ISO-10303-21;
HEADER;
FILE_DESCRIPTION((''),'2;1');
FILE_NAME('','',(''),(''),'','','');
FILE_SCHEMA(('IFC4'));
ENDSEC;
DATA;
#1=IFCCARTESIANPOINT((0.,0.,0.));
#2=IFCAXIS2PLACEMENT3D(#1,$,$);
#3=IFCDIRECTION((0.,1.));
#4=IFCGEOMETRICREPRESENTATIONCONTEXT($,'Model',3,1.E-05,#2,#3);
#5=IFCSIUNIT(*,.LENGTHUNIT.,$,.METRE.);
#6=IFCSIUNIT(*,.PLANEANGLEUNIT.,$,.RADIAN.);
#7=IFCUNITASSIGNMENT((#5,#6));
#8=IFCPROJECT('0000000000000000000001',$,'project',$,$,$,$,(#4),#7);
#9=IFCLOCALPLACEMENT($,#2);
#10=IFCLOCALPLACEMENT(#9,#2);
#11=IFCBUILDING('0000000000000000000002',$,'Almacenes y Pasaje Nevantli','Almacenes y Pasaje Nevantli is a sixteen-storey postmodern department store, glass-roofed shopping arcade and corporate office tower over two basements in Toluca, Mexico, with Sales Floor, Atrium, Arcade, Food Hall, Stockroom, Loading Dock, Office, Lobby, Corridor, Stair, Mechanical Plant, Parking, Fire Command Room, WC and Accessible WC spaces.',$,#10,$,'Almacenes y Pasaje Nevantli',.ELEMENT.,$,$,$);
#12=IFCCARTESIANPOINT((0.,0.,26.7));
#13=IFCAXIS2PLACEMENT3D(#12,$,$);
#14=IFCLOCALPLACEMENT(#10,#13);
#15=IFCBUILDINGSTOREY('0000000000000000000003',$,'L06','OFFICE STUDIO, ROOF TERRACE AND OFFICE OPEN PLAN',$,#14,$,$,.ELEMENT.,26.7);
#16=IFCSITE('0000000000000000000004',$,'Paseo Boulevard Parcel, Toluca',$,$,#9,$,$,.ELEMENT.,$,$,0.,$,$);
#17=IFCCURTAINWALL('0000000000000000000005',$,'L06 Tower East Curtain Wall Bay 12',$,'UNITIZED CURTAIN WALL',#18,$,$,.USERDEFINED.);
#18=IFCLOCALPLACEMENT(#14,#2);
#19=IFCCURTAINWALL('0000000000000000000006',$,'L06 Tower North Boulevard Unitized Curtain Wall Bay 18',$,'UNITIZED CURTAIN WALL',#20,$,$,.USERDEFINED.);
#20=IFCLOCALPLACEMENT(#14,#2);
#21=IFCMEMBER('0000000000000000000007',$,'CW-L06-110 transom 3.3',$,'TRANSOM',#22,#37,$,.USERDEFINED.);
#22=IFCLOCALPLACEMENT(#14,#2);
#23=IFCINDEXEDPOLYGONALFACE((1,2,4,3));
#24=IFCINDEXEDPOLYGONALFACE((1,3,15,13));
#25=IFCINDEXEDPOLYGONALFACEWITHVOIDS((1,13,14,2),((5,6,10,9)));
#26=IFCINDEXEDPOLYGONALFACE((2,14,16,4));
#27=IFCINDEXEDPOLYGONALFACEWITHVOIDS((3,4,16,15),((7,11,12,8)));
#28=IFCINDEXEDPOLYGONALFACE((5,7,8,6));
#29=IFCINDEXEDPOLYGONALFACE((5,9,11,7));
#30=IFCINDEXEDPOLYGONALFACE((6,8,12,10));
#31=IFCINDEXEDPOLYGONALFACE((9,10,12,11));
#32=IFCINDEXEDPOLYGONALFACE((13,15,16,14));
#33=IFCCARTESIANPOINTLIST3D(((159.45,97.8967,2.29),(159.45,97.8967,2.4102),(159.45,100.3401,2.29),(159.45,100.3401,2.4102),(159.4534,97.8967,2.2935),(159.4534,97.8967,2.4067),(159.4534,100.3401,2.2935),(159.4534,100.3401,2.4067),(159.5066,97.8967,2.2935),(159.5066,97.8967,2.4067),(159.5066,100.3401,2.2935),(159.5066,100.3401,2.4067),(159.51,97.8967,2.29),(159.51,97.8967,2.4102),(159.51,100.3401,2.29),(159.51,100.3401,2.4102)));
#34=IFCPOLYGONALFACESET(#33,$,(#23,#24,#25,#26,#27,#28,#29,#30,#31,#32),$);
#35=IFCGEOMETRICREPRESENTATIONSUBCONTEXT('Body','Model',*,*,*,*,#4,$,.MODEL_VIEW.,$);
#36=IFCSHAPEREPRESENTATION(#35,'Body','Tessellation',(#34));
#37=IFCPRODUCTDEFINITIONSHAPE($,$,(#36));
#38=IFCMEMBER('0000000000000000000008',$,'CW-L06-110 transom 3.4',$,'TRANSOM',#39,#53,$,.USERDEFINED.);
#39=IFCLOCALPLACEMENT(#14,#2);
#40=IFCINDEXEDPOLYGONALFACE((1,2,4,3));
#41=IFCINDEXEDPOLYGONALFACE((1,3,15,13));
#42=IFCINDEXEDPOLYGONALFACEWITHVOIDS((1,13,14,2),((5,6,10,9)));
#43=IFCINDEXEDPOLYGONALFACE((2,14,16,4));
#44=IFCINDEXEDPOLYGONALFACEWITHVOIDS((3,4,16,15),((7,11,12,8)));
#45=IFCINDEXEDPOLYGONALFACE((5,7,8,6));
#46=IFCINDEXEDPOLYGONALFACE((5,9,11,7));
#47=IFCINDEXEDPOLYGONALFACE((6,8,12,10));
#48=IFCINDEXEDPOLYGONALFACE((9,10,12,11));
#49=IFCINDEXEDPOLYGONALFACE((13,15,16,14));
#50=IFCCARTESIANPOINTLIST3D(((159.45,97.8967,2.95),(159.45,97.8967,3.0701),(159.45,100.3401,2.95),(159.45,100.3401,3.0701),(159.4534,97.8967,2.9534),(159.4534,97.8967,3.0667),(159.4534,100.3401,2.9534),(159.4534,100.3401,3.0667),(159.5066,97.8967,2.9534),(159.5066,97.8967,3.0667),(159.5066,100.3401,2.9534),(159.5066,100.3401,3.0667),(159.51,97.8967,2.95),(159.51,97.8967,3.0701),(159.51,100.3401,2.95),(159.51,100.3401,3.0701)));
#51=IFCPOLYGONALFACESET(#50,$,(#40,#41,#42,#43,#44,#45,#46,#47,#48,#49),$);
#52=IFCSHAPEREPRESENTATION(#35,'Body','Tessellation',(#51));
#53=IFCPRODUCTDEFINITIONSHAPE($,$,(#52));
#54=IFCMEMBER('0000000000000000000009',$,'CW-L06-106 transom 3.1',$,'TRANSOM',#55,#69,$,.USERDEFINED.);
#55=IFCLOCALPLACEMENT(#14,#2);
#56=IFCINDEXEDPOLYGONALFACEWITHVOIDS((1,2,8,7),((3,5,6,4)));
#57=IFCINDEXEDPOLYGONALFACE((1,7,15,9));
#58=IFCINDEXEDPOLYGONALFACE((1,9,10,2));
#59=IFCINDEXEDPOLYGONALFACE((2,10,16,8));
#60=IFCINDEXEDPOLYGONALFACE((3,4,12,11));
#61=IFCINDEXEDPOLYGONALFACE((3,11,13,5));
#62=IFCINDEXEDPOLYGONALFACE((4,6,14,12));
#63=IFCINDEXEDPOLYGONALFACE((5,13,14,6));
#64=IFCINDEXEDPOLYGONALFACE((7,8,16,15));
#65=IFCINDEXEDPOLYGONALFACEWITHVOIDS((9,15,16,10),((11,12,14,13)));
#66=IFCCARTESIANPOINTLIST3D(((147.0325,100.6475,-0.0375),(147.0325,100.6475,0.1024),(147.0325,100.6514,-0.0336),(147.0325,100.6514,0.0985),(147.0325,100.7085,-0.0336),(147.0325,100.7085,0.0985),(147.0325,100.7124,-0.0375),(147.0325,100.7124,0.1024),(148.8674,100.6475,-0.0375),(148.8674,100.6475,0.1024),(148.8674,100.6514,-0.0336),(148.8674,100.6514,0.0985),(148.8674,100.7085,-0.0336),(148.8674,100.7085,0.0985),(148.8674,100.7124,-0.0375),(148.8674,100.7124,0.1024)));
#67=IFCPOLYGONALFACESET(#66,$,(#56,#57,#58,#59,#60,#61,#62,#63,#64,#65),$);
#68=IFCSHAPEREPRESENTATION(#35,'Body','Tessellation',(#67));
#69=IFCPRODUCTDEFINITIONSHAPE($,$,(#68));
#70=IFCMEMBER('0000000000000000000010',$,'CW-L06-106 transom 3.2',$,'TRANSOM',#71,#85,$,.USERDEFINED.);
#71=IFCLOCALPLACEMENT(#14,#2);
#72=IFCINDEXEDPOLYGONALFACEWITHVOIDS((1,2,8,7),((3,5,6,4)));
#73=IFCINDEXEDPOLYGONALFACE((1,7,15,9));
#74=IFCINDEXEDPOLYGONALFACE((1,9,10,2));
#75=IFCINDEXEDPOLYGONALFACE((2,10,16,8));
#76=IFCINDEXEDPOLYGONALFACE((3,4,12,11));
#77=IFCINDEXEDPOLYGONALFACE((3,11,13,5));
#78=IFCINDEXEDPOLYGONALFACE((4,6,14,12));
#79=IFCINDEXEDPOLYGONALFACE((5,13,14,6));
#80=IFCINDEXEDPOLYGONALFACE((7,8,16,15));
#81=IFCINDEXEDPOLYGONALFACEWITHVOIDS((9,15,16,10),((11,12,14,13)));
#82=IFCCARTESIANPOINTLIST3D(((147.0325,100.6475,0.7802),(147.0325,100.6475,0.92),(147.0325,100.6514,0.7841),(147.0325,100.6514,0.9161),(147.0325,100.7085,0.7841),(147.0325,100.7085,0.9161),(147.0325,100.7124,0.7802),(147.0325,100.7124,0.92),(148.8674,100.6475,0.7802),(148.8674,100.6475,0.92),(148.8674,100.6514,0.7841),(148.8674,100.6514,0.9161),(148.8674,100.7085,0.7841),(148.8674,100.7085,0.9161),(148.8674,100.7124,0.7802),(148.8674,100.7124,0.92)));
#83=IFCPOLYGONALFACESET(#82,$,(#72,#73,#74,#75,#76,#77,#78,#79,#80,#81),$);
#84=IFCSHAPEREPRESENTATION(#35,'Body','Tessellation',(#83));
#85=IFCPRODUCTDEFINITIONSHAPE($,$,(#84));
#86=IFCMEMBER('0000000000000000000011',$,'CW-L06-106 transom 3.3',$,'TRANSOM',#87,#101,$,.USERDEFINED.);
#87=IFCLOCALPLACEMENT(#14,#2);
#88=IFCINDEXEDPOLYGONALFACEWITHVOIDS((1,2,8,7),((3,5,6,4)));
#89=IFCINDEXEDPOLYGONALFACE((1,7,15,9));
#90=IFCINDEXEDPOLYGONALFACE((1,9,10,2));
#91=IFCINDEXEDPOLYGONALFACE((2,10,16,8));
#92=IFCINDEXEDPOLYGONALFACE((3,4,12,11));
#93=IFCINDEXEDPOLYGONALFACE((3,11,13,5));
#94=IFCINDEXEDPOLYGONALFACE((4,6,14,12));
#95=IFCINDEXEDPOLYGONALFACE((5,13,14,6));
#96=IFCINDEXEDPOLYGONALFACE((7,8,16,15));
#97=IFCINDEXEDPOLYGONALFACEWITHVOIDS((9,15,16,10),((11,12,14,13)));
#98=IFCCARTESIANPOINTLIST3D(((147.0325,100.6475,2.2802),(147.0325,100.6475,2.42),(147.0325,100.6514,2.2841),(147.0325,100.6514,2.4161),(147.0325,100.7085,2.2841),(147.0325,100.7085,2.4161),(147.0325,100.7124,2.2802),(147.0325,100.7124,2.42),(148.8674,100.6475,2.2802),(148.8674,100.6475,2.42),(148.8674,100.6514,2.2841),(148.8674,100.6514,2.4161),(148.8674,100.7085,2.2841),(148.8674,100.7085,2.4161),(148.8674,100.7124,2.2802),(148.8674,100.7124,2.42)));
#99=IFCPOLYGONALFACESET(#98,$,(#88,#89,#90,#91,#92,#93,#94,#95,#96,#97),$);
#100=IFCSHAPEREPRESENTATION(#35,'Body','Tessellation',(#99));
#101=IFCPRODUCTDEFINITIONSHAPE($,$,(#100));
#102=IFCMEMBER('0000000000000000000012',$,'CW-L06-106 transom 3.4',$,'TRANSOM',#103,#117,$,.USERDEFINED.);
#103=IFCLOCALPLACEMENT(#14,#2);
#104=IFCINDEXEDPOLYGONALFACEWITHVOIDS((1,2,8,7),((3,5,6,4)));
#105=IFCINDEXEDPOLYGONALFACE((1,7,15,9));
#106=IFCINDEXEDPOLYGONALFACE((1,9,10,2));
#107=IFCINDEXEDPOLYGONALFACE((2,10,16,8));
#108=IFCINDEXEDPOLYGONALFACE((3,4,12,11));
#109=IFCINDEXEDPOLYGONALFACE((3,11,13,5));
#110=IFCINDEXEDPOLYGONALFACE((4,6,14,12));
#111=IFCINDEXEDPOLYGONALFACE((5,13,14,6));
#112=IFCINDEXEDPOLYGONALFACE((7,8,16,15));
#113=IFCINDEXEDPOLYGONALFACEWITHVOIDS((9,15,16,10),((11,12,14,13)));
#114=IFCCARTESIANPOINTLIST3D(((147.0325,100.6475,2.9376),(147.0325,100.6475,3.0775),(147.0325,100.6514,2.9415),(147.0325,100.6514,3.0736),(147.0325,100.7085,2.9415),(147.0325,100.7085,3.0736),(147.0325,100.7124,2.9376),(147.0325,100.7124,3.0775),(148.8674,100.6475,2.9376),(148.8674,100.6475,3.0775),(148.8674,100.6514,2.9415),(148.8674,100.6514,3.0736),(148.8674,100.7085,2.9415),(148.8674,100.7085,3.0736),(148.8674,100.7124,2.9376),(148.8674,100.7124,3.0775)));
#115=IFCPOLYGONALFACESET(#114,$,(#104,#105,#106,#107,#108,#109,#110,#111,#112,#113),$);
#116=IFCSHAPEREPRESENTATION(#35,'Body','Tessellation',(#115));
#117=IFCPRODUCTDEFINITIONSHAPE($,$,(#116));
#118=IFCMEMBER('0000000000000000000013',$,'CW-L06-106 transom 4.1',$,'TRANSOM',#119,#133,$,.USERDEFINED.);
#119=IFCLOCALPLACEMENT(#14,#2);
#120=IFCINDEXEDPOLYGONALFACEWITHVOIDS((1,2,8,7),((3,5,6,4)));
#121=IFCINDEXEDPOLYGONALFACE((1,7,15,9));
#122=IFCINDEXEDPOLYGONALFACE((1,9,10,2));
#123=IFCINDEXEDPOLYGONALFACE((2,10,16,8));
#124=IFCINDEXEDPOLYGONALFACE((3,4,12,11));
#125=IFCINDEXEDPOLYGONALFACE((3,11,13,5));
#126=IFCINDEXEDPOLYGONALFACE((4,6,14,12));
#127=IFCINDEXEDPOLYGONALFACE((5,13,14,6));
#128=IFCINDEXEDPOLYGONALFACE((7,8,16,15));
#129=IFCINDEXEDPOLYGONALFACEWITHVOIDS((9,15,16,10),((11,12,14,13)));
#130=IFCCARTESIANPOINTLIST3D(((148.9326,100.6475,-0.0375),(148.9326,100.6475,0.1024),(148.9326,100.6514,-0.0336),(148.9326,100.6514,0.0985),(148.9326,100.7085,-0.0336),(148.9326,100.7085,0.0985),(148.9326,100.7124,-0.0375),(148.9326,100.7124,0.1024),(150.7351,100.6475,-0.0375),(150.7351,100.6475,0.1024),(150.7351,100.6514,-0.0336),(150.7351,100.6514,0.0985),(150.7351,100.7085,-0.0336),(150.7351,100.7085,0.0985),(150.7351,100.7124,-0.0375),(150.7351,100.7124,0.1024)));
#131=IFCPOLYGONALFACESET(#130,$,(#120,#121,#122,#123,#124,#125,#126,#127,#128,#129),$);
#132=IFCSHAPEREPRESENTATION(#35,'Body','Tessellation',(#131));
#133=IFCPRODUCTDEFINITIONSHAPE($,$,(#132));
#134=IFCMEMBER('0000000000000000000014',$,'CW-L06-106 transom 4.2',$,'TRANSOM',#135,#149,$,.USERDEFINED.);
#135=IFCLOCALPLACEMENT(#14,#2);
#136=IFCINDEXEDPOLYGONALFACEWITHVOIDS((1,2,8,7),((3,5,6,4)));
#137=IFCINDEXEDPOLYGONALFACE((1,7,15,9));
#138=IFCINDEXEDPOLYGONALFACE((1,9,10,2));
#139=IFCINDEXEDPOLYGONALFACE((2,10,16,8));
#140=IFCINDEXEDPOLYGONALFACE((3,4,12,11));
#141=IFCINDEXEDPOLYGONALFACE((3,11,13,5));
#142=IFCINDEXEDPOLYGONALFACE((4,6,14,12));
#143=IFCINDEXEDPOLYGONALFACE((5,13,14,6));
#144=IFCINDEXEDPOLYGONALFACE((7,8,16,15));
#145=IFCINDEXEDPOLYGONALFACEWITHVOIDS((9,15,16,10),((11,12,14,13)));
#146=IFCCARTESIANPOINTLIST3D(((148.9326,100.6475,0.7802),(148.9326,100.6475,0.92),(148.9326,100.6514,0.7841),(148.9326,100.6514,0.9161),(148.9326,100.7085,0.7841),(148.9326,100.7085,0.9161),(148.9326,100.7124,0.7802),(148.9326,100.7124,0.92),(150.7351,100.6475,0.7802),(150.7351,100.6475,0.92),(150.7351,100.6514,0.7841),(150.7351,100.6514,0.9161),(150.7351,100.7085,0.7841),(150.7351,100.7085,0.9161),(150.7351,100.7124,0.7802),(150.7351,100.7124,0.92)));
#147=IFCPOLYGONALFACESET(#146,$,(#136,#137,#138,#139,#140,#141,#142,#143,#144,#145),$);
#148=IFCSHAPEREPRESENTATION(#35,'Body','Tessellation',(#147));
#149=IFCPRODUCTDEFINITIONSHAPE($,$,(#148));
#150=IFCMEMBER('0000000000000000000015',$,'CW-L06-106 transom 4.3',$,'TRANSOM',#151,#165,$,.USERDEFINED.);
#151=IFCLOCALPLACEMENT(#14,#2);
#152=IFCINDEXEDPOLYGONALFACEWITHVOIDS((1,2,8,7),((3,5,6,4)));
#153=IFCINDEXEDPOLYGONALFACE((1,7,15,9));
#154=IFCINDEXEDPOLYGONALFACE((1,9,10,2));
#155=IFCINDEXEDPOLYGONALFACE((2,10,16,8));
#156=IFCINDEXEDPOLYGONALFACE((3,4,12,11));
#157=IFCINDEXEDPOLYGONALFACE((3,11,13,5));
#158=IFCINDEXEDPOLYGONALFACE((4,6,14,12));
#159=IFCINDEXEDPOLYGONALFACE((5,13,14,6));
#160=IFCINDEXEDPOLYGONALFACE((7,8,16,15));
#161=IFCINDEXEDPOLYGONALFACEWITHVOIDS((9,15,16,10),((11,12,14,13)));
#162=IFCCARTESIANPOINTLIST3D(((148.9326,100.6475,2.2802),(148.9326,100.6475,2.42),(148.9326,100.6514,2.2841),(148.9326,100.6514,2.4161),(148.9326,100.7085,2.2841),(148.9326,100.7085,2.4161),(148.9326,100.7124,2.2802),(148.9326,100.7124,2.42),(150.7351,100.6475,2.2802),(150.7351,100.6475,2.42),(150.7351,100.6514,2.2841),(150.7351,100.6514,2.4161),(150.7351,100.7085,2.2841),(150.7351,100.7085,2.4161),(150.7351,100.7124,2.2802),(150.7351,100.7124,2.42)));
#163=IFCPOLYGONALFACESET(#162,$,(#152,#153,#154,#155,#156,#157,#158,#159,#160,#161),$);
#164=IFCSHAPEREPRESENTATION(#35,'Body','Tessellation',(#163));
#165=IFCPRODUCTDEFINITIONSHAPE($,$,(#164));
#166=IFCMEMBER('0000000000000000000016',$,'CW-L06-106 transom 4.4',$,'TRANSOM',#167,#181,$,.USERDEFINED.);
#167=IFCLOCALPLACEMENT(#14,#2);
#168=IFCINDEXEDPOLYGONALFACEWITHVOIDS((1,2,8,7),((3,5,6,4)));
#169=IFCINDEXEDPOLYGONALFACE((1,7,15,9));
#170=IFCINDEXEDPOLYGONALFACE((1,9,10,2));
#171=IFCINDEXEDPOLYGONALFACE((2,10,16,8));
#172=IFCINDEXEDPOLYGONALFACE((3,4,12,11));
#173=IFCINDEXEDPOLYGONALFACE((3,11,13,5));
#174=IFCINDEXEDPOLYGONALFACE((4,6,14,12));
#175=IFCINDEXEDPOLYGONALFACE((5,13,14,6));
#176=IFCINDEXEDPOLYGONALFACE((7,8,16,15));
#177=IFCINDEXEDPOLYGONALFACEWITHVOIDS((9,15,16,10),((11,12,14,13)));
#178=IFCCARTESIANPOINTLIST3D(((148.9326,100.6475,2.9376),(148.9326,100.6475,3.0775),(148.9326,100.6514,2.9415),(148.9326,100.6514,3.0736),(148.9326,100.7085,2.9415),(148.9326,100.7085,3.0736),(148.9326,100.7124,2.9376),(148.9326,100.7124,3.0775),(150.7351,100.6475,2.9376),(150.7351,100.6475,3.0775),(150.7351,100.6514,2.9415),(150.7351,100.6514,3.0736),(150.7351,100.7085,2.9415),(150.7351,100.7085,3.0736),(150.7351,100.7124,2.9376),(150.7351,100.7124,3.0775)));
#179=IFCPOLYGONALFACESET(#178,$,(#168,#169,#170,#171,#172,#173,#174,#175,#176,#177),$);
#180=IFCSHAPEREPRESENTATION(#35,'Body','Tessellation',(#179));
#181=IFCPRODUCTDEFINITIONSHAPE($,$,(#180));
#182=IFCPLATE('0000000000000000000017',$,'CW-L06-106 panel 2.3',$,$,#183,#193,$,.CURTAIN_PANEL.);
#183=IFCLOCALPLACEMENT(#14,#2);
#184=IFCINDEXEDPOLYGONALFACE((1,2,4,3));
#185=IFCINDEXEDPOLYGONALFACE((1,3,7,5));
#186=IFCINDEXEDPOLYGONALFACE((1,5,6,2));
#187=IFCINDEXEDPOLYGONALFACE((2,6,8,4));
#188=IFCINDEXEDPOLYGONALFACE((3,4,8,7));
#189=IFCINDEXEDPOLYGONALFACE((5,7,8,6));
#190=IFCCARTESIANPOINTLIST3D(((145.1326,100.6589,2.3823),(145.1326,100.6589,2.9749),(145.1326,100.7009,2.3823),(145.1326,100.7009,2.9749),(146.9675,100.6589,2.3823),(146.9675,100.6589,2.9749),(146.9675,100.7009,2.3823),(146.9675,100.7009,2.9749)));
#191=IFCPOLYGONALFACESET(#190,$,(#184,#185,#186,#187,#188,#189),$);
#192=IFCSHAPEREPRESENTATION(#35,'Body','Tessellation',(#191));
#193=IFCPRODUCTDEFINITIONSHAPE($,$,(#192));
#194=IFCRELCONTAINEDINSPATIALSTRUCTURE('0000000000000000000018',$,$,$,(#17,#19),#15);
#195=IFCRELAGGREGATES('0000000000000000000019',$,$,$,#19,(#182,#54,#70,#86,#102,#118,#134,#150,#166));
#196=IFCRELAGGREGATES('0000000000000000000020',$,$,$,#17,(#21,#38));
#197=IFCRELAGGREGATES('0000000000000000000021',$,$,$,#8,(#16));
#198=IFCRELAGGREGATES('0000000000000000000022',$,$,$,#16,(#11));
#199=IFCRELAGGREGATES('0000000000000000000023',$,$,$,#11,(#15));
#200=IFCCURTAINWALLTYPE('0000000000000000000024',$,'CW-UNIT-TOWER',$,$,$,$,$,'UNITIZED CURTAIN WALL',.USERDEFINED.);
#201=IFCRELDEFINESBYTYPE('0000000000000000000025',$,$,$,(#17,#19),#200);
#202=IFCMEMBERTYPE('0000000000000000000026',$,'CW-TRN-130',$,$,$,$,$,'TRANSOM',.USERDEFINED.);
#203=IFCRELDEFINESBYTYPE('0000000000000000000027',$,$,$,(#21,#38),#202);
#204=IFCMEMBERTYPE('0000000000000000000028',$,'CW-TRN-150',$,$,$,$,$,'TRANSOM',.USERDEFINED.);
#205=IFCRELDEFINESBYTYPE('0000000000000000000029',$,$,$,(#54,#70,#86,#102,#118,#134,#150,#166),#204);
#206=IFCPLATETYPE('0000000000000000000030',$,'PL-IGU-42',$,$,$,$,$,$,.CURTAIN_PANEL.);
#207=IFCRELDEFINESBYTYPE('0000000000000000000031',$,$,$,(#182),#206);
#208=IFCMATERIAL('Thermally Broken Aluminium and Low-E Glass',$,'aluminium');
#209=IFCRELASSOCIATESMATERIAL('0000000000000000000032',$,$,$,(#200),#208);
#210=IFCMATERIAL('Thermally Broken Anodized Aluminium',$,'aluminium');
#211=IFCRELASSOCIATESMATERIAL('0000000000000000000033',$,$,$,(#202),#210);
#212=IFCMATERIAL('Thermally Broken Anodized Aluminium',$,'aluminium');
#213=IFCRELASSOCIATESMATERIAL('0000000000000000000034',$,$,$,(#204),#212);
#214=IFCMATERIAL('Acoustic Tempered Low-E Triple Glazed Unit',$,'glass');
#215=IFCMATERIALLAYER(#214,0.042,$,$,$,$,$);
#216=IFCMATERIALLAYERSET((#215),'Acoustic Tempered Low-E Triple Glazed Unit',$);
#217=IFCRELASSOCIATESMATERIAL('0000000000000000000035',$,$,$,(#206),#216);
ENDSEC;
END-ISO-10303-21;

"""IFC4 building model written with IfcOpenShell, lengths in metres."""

from ifc_helpers import new_model, si_unit, direction, frame, origin, origin_2d, place, context, subcontext, project, spatial, rectangle, hollow_rectangle, extrude, material, layer, layer_set, material_profile, profile_set, type_object, element, aggregate, save


model = new_model("IFC4")

# Units and contexts
model_context = context("Model", 3, precision=1e-05, world=origin(), true_north=direction((0.0, 1.0)))
body_context = subcontext(model_context, "Body", "Model", "MODEL_VIEW")
ifc_project = project(units=[si_unit("LENGTHUNIT", "METRE"), si_unit("PLANEANGLEUNIT", "RADIAN")], contexts=[model_context])

# Site, building, storey
site_placement = place(None, origin())
site = spatial("IfcSite", under=ifc_project, at=site_placement, Name="Paseo Boulevard Parcel, Toluca", CompositionType="ELEMENT", RefElevation=0.0)
building_placement = place(site_placement, origin())
building = spatial("IfcBuilding", under=site, at=building_placement, Name="Almacenes y Pasaje Nevantli", Description="Almacenes y Pasaje Nevantli is a sixteen-storey postmodern department store, glass-roofed shopping arcade and corporate office tower over two basements in Toluca, Mexico, with Sales Floor, Atrium, Arcade, Food Hall, Stockroom, Loading Dock, Office, Lobby, Corridor, Stair, Mechanical Plant, Parking, Fire Command Room, WC and Accessible WC spaces.", LongName="Almacenes y Pasaje Nevantli", CompositionType="ELEMENT")
storey_placement = place(building_placement, frame((0.0, 0.0, 26.7)))
storey = spatial("IfcBuildingStorey", under=building, at=storey_placement, Name="L06", Description="OFFICE STUDIO, ROOF TERRACE AND OFFICE OPEN PLAN", CompositionType="ELEMENT", Elevation=26.7)

# Curtain wall
ifc_material_1 = material(Name="Thermally Broken Aluminium and Low-E Glass", Category="aluminium")
curtain_wall_type = type_object("IfcCurtainWallType", Name="CW-UNIT-TOWER", ElementType="UNITIZED CURTAIN WALL", PredefinedType="USERDEFINED", material=ifc_material_1)
curtain_wall_1_placement = place(storey_placement, origin())
curtain_wall_1 = element("IfcCurtainWall", 1, at=curtain_wall_1_placement, inside=storey, type_object=curtain_wall_type, Name="L06 Tower East Curtain Wall Bay 12", ObjectType="UNITIZED CURTAIN WALL", PredefinedType="USERDEFINED")

# Curtain wall
curtain_wall_2_placement = place(storey_placement, origin())
curtain_wall_2 = element("IfcCurtainWall", 2, at=curtain_wall_2_placement, inside=storey, type_object=curtain_wall_type, Name="L06 Tower North Boulevard Unitized Curtain Wall Bay 18", ObjectType="UNITIZED CURTAIN WALL", PredefinedType="USERDEFINED")

# Members
ifc_material_2 = material(Name="Thermally Broken Anodized Aluminium", Category="aluminium")
ifc_material_profile_1 = material_profile(ifc_material_2, hollow_rectangle(XDim=0.0601, YDim=0.1201, WallThickness=0.0034, at=origin_2d()), Name="ALU-TRN-60x120")
ifc_profile_set_1 = profile_set([ifc_material_profile_1], Name="Thermally Broken Anodized Aluminium")
member_type_1 = type_object("IfcMemberType", Name="CW-TRN-130", ElementType="TRANSOM", PredefinedType="USERDEFINED", material=ifc_profile_set_1)
member_1_placement = place(storey_placement, frame((159.48, 97.8967, 2.3501), z_axis=(0.0, 1.0, 0.0), x_axis=(-1.0, 0.0, 0.0)))
member_1 = element("IfcMember", 3, at=member_1_placement, type_object=member_type_1, Name="CW-L06-110 transom 3.3", ObjectType="TRANSOM", PredefinedType="USERDEFINED", context=body_context, shape_type="SweptSolid", body=[
    extrude(hollow_rectangle(XDim=0.0601, YDim=0.1201, WallThickness=0.0034, at=origin_2d()), origin(), (0.0, 0.0, 1.0), 2.4434),
])
member_2_placement = place(storey_placement, frame((159.48, 97.8967, 3.01), z_axis=(0.0, 1.0, 0.0), x_axis=(-1.0, 0.0, 0.0)))
member_2 = element("IfcMember", 4, at=member_2_placement, type_object=member_type_1, Name="CW-L06-110 transom 3.4", ObjectType="TRANSOM", PredefinedType="USERDEFINED", context=body_context, shape_type="SweptSolid", body=[
    extrude(hollow_rectangle(XDim=0.0601, YDim=0.1201, WallThickness=0.0034, at=origin_2d()), origin(), (0.0, 0.0, 1.0), 2.4434),
])
ifc_material_3 = material(Name="Thermally Broken Anodized Aluminium", Category="aluminium")
ifc_material_profile_2 = material_profile(ifc_material_3, hollow_rectangle(XDim=0.0649, YDim=0.1399, WallThickness=0.0039, at=origin_2d()), Name="ALU-TRN-65x140")
ifc_profile_set_2 = profile_set([ifc_material_profile_2], Name="Thermally Broken Anodized Aluminium")
member_type_2 = type_object("IfcMemberType", Name="CW-TRN-150", ElementType="TRANSOM", PredefinedType="USERDEFINED", material=ifc_profile_set_2)
member_3_placement = place(storey_placement, frame((147.0325, 100.6799, 0.0325), z_axis=(1.0, 0.0, 0.0), x_axis=(0.0, 1.0, 0.0)))
member_3 = element("IfcMember", 5, at=member_3_placement, type_object=member_type_2, Name="CW-L06-106 transom 3.1", ObjectType="TRANSOM", PredefinedType="USERDEFINED", context=body_context, shape_type="SweptSolid", body=[
    extrude(hollow_rectangle(XDim=0.0649, YDim=0.1399, WallThickness=0.0039, at=origin_2d()), origin(), (0.0, 0.0, 1.0), 1.835),
])
member_4_placement = place(storey_placement, frame((147.0325, 100.6799, 0.8501), z_axis=(1.0, 0.0, 0.0), x_axis=(0.0, 1.0, 0.0)))
member_4 = element("IfcMember", 6, at=member_4_placement, type_object=member_type_2, Name="CW-L06-106 transom 3.2", ObjectType="TRANSOM", PredefinedType="USERDEFINED", context=body_context, shape_type="SweptSolid", body=[
    extrude(hollow_rectangle(XDim=0.0649, YDim=0.1399, WallThickness=0.0039, at=origin_2d()), origin(), (0.0, 0.0, 1.0), 1.835),
])
member_5_placement = place(storey_placement, frame((147.0325, 100.6799, 2.3501), z_axis=(1.0, 0.0, 0.0), x_axis=(0.0, 1.0, 0.0)))
member_5 = element("IfcMember", 7, at=member_5_placement, type_object=member_type_2, Name="CW-L06-106 transom 3.3", ObjectType="TRANSOM", PredefinedType="USERDEFINED", context=body_context, shape_type="SweptSolid", body=[
    extrude(hollow_rectangle(XDim=0.0649, YDim=0.1399, WallThickness=0.0039, at=origin_2d()), origin(), (0.0, 0.0, 1.0), 1.835),
])
member_6_placement = place(storey_placement, frame((147.0325, 100.6799, 3.0076), z_axis=(1.0, 0.0, 0.0), x_axis=(0.0, 1.0, 0.0)))
member_6 = element("IfcMember", 8, at=member_6_placement, type_object=member_type_2, Name="CW-L06-106 transom 3.4", ObjectType="TRANSOM", PredefinedType="USERDEFINED", context=body_context, shape_type="SweptSolid", body=[
    extrude(hollow_rectangle(XDim=0.0649, YDim=0.1399, WallThickness=0.0039, at=origin_2d()), origin(), (0.0, 0.0, 1.0), 1.835),
])
member_7_placement = place(storey_placement, frame((148.9326, 100.6799, 0.0325), z_axis=(1.0, 0.0, 0.0), x_axis=(0.0, 1.0, 0.0)))
member_7 = element("IfcMember", 9, at=member_7_placement, type_object=member_type_2, Name="CW-L06-106 transom 4.1", ObjectType="TRANSOM", PredefinedType="USERDEFINED", context=body_context, shape_type="SweptSolid", body=[
    extrude(hollow_rectangle(XDim=0.0649, YDim=0.1399, WallThickness=0.0039, at=origin_2d()), origin(), (0.0, 0.0, 1.0), 1.8025),
])
member_8_placement = place(storey_placement, frame((148.9326, 100.6799, 0.8501), z_axis=(1.0, 0.0, 0.0), x_axis=(0.0, 1.0, 0.0)))
member_8 = element("IfcMember", 10, at=member_8_placement, type_object=member_type_2, Name="CW-L06-106 transom 4.2", ObjectType="TRANSOM", PredefinedType="USERDEFINED", context=body_context, shape_type="SweptSolid", body=[
    extrude(hollow_rectangle(XDim=0.0649, YDim=0.1399, WallThickness=0.0039, at=origin_2d()), origin(), (0.0, 0.0, 1.0), 1.8025),
])
member_9_placement = place(storey_placement, frame((148.9326, 100.6799, 2.3501), z_axis=(1.0, 0.0, 0.0), x_axis=(0.0, 1.0, 0.0)))
member_9 = element("IfcMember", 11, at=member_9_placement, type_object=member_type_2, Name="CW-L06-106 transom 4.3", ObjectType="TRANSOM", PredefinedType="USERDEFINED", context=body_context, shape_type="SweptSolid", body=[
    extrude(hollow_rectangle(XDim=0.0649, YDim=0.1399, WallThickness=0.0039, at=origin_2d()), origin(), (0.0, 0.0, 1.0), 1.8025),
])
member_10_placement = place(storey_placement, frame((148.9326, 100.6799, 3.0076), z_axis=(1.0, 0.0, 0.0), x_axis=(0.0, 1.0, 0.0)))
member_10 = element("IfcMember", 12, at=member_10_placement, type_object=member_type_2, Name="CW-L06-106 transom 4.4", ObjectType="TRANSOM", PredefinedType="USERDEFINED", context=body_context, shape_type="SweptSolid", body=[
    extrude(hollow_rectangle(XDim=0.0649, YDim=0.1399, WallThickness=0.0039, at=origin_2d()), origin(), (0.0, 0.0, 1.0), 1.8025),
])

# Plate
ifc_material_4 = material(Name="Acoustic Tempered Low-E Triple Glazed Unit", Category="glass")
ifc_layer_1 = layer(ifc_material_4, 0.042)
ifc_layer_set_1 = layer_set([ifc_layer_1], Name="Acoustic Tempered Low-E Triple Glazed Unit")
plate_type = type_object("IfcPlateType", Name="PL-IGU-42", PredefinedType="CURTAIN_PANEL", material=ifc_layer_set_1)
plate_1_placement = place(storey_placement, frame((146.05, 100.6799, 2.3823), z_axis=(0.0, 0.0, 1.0), x_axis=(1.0, 0.0, 0.0)))
plate_1 = element("IfcPlate", 13, at=plate_1_placement, type_object=plate_type, Name="CW-L06-106 panel 2.3", PredefinedType="CURTAIN_PANEL", context=body_context, shape_type="SweptSolid", body=[
    extrude(rectangle(XDim=1.835, YDim=0.042, at=origin_2d()), origin(), (0.0, 0.0, 1.0), 0.5925),
])
aggregate(curtain_wall_2, [plate_1, member_3, member_4, member_5, member_6, member_7, member_8, member_9, member_10])
aggregate(curtain_wall_1, [member_1, member_2])

save(model, "model.ifc")
